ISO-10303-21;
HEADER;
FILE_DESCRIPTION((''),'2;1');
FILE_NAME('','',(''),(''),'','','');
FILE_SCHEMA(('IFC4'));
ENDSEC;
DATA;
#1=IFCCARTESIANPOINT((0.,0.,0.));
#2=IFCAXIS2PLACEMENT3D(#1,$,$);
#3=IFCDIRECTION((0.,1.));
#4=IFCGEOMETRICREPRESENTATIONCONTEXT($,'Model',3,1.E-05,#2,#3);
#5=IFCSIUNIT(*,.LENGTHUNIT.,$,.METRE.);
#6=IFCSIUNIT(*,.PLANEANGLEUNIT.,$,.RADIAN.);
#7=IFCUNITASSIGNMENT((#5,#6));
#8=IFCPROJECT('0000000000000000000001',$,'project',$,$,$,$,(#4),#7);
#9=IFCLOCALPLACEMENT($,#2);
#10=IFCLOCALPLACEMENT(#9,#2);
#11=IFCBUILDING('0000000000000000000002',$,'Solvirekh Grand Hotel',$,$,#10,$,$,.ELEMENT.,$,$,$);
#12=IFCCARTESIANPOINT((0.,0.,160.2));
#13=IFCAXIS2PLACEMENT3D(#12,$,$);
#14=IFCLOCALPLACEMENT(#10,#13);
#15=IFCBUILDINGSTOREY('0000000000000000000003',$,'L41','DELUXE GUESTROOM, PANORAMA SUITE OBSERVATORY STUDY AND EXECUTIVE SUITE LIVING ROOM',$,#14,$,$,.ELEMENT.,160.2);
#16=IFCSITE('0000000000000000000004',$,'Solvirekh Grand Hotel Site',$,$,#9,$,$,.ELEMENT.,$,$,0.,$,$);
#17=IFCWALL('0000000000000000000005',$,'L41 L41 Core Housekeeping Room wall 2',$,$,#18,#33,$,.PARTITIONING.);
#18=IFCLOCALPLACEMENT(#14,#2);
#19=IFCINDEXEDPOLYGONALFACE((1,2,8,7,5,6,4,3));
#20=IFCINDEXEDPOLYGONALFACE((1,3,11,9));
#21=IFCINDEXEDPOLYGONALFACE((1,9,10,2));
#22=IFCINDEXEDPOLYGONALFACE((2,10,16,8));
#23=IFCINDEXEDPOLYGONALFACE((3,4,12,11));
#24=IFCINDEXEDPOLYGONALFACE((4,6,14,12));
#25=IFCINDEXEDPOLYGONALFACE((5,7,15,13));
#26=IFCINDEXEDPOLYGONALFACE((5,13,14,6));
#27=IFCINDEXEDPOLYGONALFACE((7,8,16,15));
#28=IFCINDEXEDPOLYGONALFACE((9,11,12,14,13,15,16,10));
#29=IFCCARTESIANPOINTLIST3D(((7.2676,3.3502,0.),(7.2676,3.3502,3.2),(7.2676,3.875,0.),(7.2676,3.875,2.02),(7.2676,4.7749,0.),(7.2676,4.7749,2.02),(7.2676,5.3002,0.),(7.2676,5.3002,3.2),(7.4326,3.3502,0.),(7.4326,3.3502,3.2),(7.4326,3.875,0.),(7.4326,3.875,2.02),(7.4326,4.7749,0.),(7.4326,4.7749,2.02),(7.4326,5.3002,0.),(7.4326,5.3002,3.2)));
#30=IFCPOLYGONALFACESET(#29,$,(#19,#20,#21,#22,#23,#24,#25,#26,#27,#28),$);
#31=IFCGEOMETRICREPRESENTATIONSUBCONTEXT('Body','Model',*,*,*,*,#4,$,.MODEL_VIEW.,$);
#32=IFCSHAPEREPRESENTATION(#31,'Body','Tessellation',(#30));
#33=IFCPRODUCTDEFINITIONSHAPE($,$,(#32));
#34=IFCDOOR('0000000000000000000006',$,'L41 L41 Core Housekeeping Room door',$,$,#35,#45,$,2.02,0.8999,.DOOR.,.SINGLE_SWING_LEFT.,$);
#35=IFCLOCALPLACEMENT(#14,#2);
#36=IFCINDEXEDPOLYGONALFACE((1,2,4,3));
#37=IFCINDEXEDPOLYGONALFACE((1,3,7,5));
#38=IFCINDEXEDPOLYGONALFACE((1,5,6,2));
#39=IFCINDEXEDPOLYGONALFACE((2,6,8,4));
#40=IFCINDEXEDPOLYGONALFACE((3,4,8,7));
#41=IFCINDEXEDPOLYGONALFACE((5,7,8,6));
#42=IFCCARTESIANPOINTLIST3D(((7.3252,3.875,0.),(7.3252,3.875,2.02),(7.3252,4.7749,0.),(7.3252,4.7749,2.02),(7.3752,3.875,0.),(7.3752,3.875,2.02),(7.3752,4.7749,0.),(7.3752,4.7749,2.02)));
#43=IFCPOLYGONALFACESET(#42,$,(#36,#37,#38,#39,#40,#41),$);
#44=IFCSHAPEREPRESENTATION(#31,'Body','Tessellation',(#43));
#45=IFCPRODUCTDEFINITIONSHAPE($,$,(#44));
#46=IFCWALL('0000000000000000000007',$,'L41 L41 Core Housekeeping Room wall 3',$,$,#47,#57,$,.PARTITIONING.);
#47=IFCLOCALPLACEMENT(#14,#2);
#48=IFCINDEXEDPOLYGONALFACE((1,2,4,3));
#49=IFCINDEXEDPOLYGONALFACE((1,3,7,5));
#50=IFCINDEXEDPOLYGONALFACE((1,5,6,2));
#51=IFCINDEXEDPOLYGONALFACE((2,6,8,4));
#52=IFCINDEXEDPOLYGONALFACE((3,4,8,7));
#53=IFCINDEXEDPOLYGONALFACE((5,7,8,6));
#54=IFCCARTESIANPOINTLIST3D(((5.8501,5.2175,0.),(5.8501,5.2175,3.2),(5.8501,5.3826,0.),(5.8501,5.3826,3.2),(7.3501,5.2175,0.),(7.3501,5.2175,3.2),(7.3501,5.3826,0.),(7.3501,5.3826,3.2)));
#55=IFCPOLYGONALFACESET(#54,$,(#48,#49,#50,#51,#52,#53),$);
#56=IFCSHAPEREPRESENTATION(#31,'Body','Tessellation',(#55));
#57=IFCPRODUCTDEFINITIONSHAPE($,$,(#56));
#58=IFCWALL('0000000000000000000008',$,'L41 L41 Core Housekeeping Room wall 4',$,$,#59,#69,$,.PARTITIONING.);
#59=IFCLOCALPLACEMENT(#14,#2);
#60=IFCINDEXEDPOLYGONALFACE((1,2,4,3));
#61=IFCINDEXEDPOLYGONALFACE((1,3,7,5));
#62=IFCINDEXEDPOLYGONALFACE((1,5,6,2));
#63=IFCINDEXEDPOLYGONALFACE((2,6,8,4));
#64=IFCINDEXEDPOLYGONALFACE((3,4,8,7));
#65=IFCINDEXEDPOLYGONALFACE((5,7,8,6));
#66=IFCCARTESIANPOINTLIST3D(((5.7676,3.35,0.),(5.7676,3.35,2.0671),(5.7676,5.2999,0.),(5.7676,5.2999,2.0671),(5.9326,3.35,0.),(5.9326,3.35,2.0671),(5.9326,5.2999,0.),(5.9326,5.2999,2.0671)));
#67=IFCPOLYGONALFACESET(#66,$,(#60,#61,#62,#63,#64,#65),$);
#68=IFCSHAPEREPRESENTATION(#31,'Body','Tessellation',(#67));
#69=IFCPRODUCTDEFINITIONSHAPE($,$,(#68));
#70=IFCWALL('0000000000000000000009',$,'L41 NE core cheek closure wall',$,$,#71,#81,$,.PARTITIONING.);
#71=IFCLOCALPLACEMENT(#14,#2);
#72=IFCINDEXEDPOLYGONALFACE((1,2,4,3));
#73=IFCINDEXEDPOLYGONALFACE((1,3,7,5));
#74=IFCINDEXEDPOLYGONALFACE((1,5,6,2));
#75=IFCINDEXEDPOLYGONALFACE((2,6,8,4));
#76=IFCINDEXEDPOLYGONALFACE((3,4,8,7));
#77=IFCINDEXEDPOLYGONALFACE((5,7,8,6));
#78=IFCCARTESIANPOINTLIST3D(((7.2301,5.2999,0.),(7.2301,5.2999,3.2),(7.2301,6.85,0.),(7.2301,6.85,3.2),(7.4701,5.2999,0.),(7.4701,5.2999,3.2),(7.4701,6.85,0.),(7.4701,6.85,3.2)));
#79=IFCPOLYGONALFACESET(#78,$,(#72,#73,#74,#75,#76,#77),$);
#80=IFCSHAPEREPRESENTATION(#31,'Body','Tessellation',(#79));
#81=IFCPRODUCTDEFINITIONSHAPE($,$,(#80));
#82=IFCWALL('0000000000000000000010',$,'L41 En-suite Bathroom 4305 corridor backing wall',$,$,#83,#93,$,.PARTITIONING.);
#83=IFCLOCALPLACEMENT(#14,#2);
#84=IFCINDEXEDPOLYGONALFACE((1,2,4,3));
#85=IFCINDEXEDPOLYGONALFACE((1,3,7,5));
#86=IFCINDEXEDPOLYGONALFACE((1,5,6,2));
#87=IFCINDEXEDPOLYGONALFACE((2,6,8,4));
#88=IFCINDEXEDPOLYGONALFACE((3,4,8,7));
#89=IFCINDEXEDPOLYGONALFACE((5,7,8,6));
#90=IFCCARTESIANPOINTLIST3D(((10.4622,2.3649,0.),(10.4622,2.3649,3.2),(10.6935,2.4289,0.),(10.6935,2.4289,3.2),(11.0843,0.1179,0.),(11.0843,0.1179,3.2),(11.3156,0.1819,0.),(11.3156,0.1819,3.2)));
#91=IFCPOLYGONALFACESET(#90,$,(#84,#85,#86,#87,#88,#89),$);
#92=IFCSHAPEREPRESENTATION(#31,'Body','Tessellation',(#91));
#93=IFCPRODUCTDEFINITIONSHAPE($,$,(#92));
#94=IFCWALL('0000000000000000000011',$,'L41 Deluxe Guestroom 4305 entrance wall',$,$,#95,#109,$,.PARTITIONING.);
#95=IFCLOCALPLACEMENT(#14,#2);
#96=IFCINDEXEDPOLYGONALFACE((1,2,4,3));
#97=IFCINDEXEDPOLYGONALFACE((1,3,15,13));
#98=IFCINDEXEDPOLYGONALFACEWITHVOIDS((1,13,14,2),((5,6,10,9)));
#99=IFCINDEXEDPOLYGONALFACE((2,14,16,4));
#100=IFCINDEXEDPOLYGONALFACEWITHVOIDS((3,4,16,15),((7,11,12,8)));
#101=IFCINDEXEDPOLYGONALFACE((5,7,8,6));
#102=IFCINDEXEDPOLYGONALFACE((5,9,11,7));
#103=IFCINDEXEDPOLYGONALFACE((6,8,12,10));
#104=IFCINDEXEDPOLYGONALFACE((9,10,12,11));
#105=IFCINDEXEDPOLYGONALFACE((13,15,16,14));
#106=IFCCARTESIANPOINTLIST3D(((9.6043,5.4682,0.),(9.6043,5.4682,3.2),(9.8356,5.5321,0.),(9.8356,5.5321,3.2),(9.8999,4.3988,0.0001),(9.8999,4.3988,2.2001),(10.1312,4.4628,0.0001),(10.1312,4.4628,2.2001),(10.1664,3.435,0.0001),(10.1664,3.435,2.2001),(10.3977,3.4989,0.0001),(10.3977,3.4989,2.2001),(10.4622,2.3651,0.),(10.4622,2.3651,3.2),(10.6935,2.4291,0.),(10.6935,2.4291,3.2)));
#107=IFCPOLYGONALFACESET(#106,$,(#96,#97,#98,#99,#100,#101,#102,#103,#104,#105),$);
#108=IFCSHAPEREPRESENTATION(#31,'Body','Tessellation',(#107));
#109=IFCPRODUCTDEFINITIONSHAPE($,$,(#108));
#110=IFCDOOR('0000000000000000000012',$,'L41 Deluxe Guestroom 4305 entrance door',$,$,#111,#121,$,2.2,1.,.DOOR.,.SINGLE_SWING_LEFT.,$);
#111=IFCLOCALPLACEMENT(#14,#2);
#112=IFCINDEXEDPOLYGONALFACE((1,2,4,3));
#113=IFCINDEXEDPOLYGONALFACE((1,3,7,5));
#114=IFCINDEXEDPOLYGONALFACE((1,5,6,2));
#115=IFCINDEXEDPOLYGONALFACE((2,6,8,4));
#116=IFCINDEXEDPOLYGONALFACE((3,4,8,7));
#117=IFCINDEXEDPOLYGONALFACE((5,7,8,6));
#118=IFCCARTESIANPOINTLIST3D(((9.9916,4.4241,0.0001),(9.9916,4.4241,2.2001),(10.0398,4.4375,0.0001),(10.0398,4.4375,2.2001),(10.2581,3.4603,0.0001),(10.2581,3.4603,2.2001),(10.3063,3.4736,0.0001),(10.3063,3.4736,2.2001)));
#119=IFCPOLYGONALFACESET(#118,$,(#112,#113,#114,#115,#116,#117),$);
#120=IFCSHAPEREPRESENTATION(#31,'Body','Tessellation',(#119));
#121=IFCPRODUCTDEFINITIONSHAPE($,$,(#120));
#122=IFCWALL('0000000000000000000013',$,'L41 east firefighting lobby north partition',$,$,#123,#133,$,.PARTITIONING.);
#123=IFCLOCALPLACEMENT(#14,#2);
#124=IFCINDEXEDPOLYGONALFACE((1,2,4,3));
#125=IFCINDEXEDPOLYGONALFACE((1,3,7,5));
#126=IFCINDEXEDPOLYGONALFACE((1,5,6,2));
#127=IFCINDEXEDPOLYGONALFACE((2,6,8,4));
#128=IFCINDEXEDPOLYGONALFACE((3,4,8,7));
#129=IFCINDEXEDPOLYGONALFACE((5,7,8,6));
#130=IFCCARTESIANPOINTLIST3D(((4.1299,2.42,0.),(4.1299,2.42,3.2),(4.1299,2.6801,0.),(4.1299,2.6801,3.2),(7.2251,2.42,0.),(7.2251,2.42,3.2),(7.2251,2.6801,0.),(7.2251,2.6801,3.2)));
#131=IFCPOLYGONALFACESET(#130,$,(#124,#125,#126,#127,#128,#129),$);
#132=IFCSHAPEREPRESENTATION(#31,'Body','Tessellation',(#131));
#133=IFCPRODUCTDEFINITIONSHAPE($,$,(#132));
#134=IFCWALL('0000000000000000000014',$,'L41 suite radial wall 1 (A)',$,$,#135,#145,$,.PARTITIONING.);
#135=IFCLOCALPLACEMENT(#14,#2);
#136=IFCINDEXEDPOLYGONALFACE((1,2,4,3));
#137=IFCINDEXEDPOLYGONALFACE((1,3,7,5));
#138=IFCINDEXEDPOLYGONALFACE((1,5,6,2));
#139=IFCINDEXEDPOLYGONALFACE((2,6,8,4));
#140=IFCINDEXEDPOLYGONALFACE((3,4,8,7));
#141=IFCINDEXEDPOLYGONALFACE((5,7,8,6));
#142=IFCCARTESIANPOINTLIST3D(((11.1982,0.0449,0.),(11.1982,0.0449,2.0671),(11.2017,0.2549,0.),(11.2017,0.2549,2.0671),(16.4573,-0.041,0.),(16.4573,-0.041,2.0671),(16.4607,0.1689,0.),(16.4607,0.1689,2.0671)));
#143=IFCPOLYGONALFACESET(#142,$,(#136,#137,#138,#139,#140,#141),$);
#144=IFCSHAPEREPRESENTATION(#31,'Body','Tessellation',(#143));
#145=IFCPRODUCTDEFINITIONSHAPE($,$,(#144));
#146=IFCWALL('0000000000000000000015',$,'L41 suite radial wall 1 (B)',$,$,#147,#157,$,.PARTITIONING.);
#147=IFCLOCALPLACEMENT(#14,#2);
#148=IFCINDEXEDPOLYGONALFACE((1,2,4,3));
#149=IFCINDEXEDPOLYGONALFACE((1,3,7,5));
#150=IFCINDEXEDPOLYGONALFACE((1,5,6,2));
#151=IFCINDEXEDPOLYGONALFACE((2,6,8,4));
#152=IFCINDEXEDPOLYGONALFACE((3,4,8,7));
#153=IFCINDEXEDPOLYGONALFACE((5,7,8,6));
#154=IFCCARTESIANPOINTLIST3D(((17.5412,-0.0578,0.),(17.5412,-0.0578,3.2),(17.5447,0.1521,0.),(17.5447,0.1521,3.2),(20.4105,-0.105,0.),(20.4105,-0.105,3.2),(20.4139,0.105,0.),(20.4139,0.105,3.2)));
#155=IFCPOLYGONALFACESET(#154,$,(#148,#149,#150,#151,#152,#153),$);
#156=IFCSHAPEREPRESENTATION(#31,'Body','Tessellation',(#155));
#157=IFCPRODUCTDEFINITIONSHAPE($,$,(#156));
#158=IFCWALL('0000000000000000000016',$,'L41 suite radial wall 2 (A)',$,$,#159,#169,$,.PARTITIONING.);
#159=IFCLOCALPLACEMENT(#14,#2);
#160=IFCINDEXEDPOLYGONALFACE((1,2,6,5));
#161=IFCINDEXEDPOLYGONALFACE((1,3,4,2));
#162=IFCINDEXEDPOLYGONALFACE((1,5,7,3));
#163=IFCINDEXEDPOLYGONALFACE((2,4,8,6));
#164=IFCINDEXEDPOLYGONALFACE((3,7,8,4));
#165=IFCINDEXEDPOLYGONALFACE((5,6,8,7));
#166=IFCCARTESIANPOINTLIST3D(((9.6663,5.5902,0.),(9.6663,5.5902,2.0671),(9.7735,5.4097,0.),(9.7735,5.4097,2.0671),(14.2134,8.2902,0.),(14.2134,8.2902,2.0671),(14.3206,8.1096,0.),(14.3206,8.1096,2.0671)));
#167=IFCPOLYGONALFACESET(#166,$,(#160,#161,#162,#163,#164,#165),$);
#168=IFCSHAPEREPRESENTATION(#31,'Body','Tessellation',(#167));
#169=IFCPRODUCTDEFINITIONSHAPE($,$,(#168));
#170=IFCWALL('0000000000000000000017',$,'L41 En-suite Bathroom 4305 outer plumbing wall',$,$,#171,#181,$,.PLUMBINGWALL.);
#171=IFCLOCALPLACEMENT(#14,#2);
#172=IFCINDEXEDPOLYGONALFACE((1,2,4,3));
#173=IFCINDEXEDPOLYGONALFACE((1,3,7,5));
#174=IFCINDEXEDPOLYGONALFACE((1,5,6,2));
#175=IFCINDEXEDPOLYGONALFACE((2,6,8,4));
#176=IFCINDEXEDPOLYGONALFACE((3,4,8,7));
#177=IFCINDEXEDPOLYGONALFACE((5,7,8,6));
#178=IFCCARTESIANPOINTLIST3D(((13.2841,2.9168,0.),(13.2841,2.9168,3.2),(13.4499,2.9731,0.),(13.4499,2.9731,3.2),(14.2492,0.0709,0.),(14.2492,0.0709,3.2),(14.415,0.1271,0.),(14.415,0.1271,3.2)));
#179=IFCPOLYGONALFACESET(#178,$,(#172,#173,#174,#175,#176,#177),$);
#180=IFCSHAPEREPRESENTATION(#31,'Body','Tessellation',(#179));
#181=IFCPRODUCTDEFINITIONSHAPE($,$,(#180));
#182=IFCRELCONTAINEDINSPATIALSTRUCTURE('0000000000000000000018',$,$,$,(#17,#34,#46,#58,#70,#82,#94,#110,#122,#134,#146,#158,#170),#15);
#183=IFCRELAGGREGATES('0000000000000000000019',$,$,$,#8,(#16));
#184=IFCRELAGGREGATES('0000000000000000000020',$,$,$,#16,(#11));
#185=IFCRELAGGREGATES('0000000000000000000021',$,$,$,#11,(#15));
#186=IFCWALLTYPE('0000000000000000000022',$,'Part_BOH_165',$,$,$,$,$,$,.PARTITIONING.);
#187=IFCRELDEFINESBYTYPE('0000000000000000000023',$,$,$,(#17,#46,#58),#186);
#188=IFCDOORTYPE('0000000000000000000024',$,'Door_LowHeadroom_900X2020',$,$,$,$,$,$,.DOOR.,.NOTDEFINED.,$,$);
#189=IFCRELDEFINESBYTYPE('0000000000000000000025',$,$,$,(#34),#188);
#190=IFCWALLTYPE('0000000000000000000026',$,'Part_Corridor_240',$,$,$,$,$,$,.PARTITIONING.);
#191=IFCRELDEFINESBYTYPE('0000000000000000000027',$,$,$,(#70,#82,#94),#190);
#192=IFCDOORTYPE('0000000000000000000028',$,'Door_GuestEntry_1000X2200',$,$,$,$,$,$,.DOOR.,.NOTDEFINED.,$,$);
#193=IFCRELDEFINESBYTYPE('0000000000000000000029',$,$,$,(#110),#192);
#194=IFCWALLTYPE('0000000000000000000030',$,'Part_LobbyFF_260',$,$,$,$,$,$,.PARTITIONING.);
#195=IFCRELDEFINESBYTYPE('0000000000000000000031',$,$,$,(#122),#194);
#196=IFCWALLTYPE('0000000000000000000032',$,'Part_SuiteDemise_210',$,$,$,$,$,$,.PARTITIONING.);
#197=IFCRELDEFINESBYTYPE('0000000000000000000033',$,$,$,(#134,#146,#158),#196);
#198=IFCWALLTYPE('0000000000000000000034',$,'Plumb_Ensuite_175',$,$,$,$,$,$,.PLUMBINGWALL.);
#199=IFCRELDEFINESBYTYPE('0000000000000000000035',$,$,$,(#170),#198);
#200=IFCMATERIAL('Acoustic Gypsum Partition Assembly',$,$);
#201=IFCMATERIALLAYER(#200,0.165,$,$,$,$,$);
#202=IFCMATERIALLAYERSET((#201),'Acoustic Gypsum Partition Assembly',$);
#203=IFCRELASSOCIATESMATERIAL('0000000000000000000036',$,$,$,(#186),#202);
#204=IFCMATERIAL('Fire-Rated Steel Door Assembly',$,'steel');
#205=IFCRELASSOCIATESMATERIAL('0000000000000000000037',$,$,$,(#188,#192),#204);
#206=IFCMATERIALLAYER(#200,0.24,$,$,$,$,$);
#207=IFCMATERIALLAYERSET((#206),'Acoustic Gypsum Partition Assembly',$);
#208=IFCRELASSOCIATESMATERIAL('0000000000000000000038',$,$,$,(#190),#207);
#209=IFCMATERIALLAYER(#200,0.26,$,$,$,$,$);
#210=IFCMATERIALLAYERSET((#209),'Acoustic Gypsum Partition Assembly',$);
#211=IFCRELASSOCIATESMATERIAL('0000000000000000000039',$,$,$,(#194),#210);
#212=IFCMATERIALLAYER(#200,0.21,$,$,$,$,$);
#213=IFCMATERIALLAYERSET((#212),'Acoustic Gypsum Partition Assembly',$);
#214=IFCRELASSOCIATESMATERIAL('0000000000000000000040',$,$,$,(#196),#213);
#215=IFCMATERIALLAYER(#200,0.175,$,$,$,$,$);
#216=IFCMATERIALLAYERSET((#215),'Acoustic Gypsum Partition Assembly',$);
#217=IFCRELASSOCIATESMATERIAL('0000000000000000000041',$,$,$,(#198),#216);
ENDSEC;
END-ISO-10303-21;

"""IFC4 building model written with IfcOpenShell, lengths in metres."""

from ifc_helpers import new_model, si_unit, direction, frame, frame_2d, origin, place, context, subcontext, project, spatial, rectangle, extrude, material, layer, layer_set, type_object, element, fill, save


model = new_model("IFC4")

# Units and contexts
model_context = context("Model", 3, precision=1e-05, world=origin(), true_north=direction((0.0, 1.0)))
body_context = subcontext(model_context, "Body", "Model", "MODEL_VIEW")
ifc_project = project(units=[si_unit("LENGTHUNIT", "METRE"), si_unit("PLANEANGLEUNIT", "RADIAN")], contexts=[model_context])

# Site, building, storey
site_placement = place(None, origin())
site = spatial("IfcSite", under=ifc_project, at=site_placement, Name="Solvirekh Grand Hotel Site", CompositionType="ELEMENT", RefElevation=0.0)
building_placement = place(site_placement, origin())
building = spatial("IfcBuilding", under=site, at=building_placement, Name="Solvirekh Grand Hotel", CompositionType="ELEMENT")
storey_placement = place(building_placement, frame((0.0, 0.0, 160.2)))
storey = spatial("IfcBuildingStorey", under=building, at=storey_placement, Name="L41", Description="DELUXE GUESTROOM, PANORAMA SUITE OBSERVATORY STUDY AND EXECUTIVE SUITE LIVING ROOM", CompositionType="ELEMENT", Elevation=160.2)

# Shared definitions
ifc_material_1 = material(Name="Acoustic Gypsum Partition Assembly")
ifc_layer_1 = layer(ifc_material_1, 0.165)
ifc_layer_set_1 = layer_set([ifc_layer_1], Name="Acoustic Gypsum Partition Assembly")
wall_type_1 = type_object("IfcWallType", Name="Part_BOH_165", PredefinedType="PARTITIONING", material=ifc_layer_set_1)

# Wall, opening, door
wall_1_placement = place(storey_placement, frame((7.3501, 3.3501, 0.0), z_axis=(0.0, 0.0, 1.0), x_axis=(0.0, 1.0, 0.0)))
wall_1 = element("IfcWall", 1, at=wall_1_placement, inside=storey, type_object=wall_type_1, Name="L41 L41 Core Housekeeping Room wall 2", PredefinedType="PARTITIONING", context=body_context, shape_type="SweptSolid", body=[
    extrude(rectangle(XDim=1.95, YDim=0.165, at=frame_2d((0.9751, 0.0))), origin(), (0.0, 0.0, 1.0), 3.2),
])
opening_1_placement = place(wall_1_placement, frame((0.5249, 0.0, 0.0)))
opening_1 = element("IfcOpeningElement", 2, at=opening_1_placement, cuts=wall_1, PredefinedType="OPENING", context=body_context, shape_type="SweptSolid", body=[
    extrude(rectangle(XDim=0.8999, YDim=2.02, at=frame_2d((0.45, 1.01))), frame((0.0, 0.0925, 0.0), z_axis=(0.0, -1.0, 0.0), x_axis=(1.0, 0.0, 0.0)), (0.0, 0.0, 1.0), 0.1851),
])
ifc_material_2 = material(Name="Fire-Rated Steel Door Assembly", Category="steel")
door_type_1 = type_object("IfcDoorType", Name="Door_LowHeadroom_900X2020", OperationType="NOTDEFINED", PredefinedType="DOOR", material=ifc_material_2)
door_1_placement = place(opening_1_placement, origin())
door_1 = element("IfcDoor", 3, at=door_1_placement, inside=storey, type_object=door_type_1, Name="L41 L41 Core Housekeeping Room door", OperationType="SINGLE_SWING_LEFT", OverallHeight=2.02, OverallWidth=0.8999, PredefinedType="DOOR", context=body_context, shape_type="SweptSolid", body=[
    extrude(rectangle(XDim=0.8999, YDim=2.02, at=frame_2d((0.45, 1.01))), frame((0.0, 0.0249, 0.0), z_axis=(0.0, -1.0, 0.0), x_axis=(1.0, 0.0, 0.0)), (0.0, 0.0, 1.0), 0.05),
])
fill(opening_1, door_1)

# Walls
wall_2_placement = place(storey_placement, frame((7.3501, 5.3, 0.0), z_axis=(0.0, 0.0, 1.0), x_axis=(-1.0, 0.0, 0.0)))
element("IfcWall", 4, at=wall_2_placement, inside=storey, type_object=wall_type_1, Name="L41 L41 Core Housekeeping Room wall 3", PredefinedType="PARTITIONING", context=body_context, shape_type="SweptSolid", body=[
    extrude(rectangle(XDim=1.5, YDim=0.165, at=frame_2d((0.75, 0.0))), origin(), (0.0, 0.0, 1.0), 3.2),
])
wall_3_placement = place(storey_placement, frame((5.8501, 5.3, 0.0), z_axis=(0.0, 0.0, 1.0), x_axis=(0.0, -1.0, 0.0)))
element("IfcWall", 5, at=wall_3_placement, inside=storey, type_object=wall_type_1, Name="L41 L41 Core Housekeeping Room wall 4", PredefinedType="PARTITIONING", context=body_context, shape_type="SweptSolid", body=[
    extrude(rectangle(XDim=1.95, YDim=0.165, at=frame_2d((0.9751, 0.0))), origin(), (0.0, 0.0, 1.0), 2.0671),
])
ifc_layer_2 = layer(ifc_material_1, 0.24)
ifc_layer_set_2 = layer_set([ifc_layer_2], Name="Acoustic Gypsum Partition Assembly")
wall_type_2 = type_object("IfcWallType", Name="Part_Corridor_240", PredefinedType="PARTITIONING", material=ifc_layer_set_2)
wall_4_placement = place(storey_placement, frame((7.3501, 5.3, 0.0), z_axis=(0.0, 0.0, 1.0), x_axis=(0.0, 1.0, 0.0)))
element("IfcWall", 6, at=wall_4_placement, inside=storey, type_object=wall_type_2, Name="L41 NE core cheek closure wall", PredefinedType="PARTITIONING", context=body_context, shape_type="SweptSolid", body=[
    extrude(rectangle(XDim=1.55, YDim=0.24, at=frame_2d((0.7749, 0.0))), origin(), (0.0, 0.0, 1.0), 3.2),
])
wall_5_placement = place(storey_placement, frame((11.2, 0.1499, 0.0), z_axis=(0.0, 0.0, 1.0), x_axis=(-0.266801, 0.963752, 0.0)))
element("IfcWall", 7, at=wall_5_placement, inside=storey, type_object=wall_type_2, Name="L41 En-suite Bathroom 4305 corridor backing wall", PredefinedType="PARTITIONING", context=body_context, shape_type="SweptSolid", body=[
    extrude(rectangle(XDim=2.3315, YDim=0.24, at=frame_2d((1.1658, 0.0))), origin(), (0.0, 0.0, 1.0), 3.2),
])

# Wall, opening, door
wall_6_placement = place(storey_placement, frame((10.5779, 2.397, 0.0), z_axis=(0.0, 0.0, 1.0), x_axis=(-0.266478, 0.963841, 0.0)))
wall_6 = element("IfcWall", 8, at=wall_6_placement, inside=storey, type_object=wall_type_2, Name="L41 Deluxe Guestroom 4305 entrance wall", PredefinedType="PARTITIONING", context=body_context, shape_type="SweptSolid", body=[
    extrude(rectangle(XDim=3.2195, YDim=0.24, at=frame_2d((1.6099, 0.0))), origin(), (0.0, 0.0, 1.0), 3.2),
])
opening_2_placement = place(wall_6_placement, frame((1.1101, 0.0, 0.0)))
opening_2 = element("IfcOpeningElement", 9, at=opening_2_placement, cuts=wall_6, PredefinedType="OPENING", context=body_context, shape_type="SweptSolid", body=[
    extrude(rectangle(XDim=1.0, YDim=2.2, at=frame_2d((0.5, 1.1001))), frame((0.0, 0.1299, 0.0), z_axis=(0.0, -1.0, 0.0), x_axis=(1.0, 0.0, 0.0)), (0.0, 0.0, 1.0), 0.26),
])
door_type_2 = type_object("IfcDoorType", Name="Door_GuestEntry_1000X2200", OperationType="NOTDEFINED", PredefinedType="DOOR", material=ifc_material_2)
door_2_placement = place(opening_2_placement, origin())
door_2 = element("IfcDoor", 10, at=door_2_placement, inside=storey, type_object=door_type_2, Name="L41 Deluxe Guestroom 4305 entrance door", OperationType="SINGLE_SWING_LEFT", OverallHeight=2.2, OverallWidth=1.0, PredefinedType="DOOR", context=body_context, shape_type="SweptSolid", body=[
    extrude(rectangle(XDim=1.0, YDim=2.2, at=frame_2d((0.5, 1.1001))), frame((0.0, 0.0249, 0.0), z_axis=(0.0, -1.0, 0.0), x_axis=(1.0, 0.0, 0.0)), (0.0, 0.0, 1.0), 0.05),
])
fill(opening_2, door_2)

# Walls
ifc_layer_3 = layer(ifc_material_1, 0.26)
ifc_layer_set_3 = layer_set([ifc_layer_3], Name="Acoustic Gypsum Partition Assembly")
wall_type_3 = type_object("IfcWallType", Name="Part_LobbyFF_260", PredefinedType="PARTITIONING", material=ifc_layer_set_3)
wall_7_placement = place(storey_placement, frame((4.1299, 2.55, 0.0), z_axis=(0.0, 0.0, 1.0), x_axis=(1.0, 0.0, 0.0)))
element("IfcWall", 11, at=wall_7_placement, inside=storey, type_object=wall_type_3, Name="L41 east firefighting lobby north partition", PredefinedType="PARTITIONING", context=body_context, shape_type="SweptSolid", body=[
    extrude(rectangle(XDim=3.0952, YDim=0.26, at=frame_2d((1.5476, 0.0))), origin(), (0.0, 0.0, 1.0), 3.2),
])
ifc_layer_4 = layer(ifc_material_1, 0.21)
ifc_layer_set_4 = layer_set([ifc_layer_4], Name="Acoustic Gypsum Partition Assembly")
wall_type_4 = type_object("IfcWallType", Name="Part_SuiteDemise_210", PredefinedType="PARTITIONING", material=ifc_layer_set_4)
wall_8_placement = place(storey_placement, frame((11.2, 0.1499, 0.0), z_axis=(0.0, 0.0, 1.0), x_axis=(0.999867, -0.016339, 0.0)))
element("IfcWall", 12, at=wall_8_placement, inside=storey, type_object=wall_type_4, Name="L41 suite radial wall 1 (A)", PredefinedType="PARTITIONING", context=body_context, shape_type="SweptSolid", body=[
    extrude(rectangle(XDim=5.2598, YDim=0.21, at=frame_2d((2.6299, 0.0))), origin(), (0.0, 0.0, 1.0), 2.0671),
])
wall_9_placement = place(storey_placement, frame((17.543, 0.0471, 0.0), z_axis=(0.0, 0.0, 1.0), x_axis=(0.999865, -0.016421, 0.0)))
element("IfcWall", 13, at=wall_9_placement, inside=storey, type_object=wall_type_4, Name="L41 suite radial wall 1 (B)", PredefinedType="PARTITIONING", context=body_context, shape_type="SweptSolid", body=[
    extrude(rectangle(XDim=2.8696, YDim=0.21, at=frame_2d((1.4348, 0.0))), origin(), (0.0, 0.0, 1.0), 3.2),
])
wall_10_placement = place(storey_placement, frame((9.72, 5.5, 0.0), z_axis=(0.0, 0.0, 1.0), x_axis=(0.859847, 0.510553, 0.0)))
element("IfcWall", 14, at=wall_10_placement, inside=storey, type_object=wall_type_4, Name="L41 suite radial wall 2 (A)", PredefinedType="PARTITIONING", context=body_context, shape_type="SweptSolid", body=[
    extrude(rectangle(XDim=5.2883, YDim=0.21, at=frame_2d((2.644, 0.0))), origin(), (0.0, 0.0, 1.0), 2.0671),
])
ifc_layer_5 = layer(ifc_material_1, 0.175)
ifc_layer_set_5 = layer_set([ifc_layer_5], Name="Acoustic Gypsum Partition Assembly")
wall_type_5 = type_object("IfcWallType", Name="Plumb_Ensuite_175", PredefinedType="PLUMBINGWALL", material=ifc_layer_set_5)
wall_11_placement = place(storey_placement, frame((14.332, 0.0991, 0.0), z_axis=(0.0, 0.0, 1.0), x_axis=(-0.321147, 0.947029, 0.0)))
element("IfcWall", 15, at=wall_11_placement, inside=storey, type_object=wall_type_5, Name="L41 En-suite Bathroom 4305 outer plumbing wall", PredefinedType="PLUMBINGWALL", context=body_context, shape_type="SweptSolid", body=[
    extrude(rectangle(XDim=3.0051, YDim=0.175, at=frame_2d((1.5024, 0.0))), origin(), (0.0, 0.0, 1.0), 3.2),
])

save(model, "model.ifc")
